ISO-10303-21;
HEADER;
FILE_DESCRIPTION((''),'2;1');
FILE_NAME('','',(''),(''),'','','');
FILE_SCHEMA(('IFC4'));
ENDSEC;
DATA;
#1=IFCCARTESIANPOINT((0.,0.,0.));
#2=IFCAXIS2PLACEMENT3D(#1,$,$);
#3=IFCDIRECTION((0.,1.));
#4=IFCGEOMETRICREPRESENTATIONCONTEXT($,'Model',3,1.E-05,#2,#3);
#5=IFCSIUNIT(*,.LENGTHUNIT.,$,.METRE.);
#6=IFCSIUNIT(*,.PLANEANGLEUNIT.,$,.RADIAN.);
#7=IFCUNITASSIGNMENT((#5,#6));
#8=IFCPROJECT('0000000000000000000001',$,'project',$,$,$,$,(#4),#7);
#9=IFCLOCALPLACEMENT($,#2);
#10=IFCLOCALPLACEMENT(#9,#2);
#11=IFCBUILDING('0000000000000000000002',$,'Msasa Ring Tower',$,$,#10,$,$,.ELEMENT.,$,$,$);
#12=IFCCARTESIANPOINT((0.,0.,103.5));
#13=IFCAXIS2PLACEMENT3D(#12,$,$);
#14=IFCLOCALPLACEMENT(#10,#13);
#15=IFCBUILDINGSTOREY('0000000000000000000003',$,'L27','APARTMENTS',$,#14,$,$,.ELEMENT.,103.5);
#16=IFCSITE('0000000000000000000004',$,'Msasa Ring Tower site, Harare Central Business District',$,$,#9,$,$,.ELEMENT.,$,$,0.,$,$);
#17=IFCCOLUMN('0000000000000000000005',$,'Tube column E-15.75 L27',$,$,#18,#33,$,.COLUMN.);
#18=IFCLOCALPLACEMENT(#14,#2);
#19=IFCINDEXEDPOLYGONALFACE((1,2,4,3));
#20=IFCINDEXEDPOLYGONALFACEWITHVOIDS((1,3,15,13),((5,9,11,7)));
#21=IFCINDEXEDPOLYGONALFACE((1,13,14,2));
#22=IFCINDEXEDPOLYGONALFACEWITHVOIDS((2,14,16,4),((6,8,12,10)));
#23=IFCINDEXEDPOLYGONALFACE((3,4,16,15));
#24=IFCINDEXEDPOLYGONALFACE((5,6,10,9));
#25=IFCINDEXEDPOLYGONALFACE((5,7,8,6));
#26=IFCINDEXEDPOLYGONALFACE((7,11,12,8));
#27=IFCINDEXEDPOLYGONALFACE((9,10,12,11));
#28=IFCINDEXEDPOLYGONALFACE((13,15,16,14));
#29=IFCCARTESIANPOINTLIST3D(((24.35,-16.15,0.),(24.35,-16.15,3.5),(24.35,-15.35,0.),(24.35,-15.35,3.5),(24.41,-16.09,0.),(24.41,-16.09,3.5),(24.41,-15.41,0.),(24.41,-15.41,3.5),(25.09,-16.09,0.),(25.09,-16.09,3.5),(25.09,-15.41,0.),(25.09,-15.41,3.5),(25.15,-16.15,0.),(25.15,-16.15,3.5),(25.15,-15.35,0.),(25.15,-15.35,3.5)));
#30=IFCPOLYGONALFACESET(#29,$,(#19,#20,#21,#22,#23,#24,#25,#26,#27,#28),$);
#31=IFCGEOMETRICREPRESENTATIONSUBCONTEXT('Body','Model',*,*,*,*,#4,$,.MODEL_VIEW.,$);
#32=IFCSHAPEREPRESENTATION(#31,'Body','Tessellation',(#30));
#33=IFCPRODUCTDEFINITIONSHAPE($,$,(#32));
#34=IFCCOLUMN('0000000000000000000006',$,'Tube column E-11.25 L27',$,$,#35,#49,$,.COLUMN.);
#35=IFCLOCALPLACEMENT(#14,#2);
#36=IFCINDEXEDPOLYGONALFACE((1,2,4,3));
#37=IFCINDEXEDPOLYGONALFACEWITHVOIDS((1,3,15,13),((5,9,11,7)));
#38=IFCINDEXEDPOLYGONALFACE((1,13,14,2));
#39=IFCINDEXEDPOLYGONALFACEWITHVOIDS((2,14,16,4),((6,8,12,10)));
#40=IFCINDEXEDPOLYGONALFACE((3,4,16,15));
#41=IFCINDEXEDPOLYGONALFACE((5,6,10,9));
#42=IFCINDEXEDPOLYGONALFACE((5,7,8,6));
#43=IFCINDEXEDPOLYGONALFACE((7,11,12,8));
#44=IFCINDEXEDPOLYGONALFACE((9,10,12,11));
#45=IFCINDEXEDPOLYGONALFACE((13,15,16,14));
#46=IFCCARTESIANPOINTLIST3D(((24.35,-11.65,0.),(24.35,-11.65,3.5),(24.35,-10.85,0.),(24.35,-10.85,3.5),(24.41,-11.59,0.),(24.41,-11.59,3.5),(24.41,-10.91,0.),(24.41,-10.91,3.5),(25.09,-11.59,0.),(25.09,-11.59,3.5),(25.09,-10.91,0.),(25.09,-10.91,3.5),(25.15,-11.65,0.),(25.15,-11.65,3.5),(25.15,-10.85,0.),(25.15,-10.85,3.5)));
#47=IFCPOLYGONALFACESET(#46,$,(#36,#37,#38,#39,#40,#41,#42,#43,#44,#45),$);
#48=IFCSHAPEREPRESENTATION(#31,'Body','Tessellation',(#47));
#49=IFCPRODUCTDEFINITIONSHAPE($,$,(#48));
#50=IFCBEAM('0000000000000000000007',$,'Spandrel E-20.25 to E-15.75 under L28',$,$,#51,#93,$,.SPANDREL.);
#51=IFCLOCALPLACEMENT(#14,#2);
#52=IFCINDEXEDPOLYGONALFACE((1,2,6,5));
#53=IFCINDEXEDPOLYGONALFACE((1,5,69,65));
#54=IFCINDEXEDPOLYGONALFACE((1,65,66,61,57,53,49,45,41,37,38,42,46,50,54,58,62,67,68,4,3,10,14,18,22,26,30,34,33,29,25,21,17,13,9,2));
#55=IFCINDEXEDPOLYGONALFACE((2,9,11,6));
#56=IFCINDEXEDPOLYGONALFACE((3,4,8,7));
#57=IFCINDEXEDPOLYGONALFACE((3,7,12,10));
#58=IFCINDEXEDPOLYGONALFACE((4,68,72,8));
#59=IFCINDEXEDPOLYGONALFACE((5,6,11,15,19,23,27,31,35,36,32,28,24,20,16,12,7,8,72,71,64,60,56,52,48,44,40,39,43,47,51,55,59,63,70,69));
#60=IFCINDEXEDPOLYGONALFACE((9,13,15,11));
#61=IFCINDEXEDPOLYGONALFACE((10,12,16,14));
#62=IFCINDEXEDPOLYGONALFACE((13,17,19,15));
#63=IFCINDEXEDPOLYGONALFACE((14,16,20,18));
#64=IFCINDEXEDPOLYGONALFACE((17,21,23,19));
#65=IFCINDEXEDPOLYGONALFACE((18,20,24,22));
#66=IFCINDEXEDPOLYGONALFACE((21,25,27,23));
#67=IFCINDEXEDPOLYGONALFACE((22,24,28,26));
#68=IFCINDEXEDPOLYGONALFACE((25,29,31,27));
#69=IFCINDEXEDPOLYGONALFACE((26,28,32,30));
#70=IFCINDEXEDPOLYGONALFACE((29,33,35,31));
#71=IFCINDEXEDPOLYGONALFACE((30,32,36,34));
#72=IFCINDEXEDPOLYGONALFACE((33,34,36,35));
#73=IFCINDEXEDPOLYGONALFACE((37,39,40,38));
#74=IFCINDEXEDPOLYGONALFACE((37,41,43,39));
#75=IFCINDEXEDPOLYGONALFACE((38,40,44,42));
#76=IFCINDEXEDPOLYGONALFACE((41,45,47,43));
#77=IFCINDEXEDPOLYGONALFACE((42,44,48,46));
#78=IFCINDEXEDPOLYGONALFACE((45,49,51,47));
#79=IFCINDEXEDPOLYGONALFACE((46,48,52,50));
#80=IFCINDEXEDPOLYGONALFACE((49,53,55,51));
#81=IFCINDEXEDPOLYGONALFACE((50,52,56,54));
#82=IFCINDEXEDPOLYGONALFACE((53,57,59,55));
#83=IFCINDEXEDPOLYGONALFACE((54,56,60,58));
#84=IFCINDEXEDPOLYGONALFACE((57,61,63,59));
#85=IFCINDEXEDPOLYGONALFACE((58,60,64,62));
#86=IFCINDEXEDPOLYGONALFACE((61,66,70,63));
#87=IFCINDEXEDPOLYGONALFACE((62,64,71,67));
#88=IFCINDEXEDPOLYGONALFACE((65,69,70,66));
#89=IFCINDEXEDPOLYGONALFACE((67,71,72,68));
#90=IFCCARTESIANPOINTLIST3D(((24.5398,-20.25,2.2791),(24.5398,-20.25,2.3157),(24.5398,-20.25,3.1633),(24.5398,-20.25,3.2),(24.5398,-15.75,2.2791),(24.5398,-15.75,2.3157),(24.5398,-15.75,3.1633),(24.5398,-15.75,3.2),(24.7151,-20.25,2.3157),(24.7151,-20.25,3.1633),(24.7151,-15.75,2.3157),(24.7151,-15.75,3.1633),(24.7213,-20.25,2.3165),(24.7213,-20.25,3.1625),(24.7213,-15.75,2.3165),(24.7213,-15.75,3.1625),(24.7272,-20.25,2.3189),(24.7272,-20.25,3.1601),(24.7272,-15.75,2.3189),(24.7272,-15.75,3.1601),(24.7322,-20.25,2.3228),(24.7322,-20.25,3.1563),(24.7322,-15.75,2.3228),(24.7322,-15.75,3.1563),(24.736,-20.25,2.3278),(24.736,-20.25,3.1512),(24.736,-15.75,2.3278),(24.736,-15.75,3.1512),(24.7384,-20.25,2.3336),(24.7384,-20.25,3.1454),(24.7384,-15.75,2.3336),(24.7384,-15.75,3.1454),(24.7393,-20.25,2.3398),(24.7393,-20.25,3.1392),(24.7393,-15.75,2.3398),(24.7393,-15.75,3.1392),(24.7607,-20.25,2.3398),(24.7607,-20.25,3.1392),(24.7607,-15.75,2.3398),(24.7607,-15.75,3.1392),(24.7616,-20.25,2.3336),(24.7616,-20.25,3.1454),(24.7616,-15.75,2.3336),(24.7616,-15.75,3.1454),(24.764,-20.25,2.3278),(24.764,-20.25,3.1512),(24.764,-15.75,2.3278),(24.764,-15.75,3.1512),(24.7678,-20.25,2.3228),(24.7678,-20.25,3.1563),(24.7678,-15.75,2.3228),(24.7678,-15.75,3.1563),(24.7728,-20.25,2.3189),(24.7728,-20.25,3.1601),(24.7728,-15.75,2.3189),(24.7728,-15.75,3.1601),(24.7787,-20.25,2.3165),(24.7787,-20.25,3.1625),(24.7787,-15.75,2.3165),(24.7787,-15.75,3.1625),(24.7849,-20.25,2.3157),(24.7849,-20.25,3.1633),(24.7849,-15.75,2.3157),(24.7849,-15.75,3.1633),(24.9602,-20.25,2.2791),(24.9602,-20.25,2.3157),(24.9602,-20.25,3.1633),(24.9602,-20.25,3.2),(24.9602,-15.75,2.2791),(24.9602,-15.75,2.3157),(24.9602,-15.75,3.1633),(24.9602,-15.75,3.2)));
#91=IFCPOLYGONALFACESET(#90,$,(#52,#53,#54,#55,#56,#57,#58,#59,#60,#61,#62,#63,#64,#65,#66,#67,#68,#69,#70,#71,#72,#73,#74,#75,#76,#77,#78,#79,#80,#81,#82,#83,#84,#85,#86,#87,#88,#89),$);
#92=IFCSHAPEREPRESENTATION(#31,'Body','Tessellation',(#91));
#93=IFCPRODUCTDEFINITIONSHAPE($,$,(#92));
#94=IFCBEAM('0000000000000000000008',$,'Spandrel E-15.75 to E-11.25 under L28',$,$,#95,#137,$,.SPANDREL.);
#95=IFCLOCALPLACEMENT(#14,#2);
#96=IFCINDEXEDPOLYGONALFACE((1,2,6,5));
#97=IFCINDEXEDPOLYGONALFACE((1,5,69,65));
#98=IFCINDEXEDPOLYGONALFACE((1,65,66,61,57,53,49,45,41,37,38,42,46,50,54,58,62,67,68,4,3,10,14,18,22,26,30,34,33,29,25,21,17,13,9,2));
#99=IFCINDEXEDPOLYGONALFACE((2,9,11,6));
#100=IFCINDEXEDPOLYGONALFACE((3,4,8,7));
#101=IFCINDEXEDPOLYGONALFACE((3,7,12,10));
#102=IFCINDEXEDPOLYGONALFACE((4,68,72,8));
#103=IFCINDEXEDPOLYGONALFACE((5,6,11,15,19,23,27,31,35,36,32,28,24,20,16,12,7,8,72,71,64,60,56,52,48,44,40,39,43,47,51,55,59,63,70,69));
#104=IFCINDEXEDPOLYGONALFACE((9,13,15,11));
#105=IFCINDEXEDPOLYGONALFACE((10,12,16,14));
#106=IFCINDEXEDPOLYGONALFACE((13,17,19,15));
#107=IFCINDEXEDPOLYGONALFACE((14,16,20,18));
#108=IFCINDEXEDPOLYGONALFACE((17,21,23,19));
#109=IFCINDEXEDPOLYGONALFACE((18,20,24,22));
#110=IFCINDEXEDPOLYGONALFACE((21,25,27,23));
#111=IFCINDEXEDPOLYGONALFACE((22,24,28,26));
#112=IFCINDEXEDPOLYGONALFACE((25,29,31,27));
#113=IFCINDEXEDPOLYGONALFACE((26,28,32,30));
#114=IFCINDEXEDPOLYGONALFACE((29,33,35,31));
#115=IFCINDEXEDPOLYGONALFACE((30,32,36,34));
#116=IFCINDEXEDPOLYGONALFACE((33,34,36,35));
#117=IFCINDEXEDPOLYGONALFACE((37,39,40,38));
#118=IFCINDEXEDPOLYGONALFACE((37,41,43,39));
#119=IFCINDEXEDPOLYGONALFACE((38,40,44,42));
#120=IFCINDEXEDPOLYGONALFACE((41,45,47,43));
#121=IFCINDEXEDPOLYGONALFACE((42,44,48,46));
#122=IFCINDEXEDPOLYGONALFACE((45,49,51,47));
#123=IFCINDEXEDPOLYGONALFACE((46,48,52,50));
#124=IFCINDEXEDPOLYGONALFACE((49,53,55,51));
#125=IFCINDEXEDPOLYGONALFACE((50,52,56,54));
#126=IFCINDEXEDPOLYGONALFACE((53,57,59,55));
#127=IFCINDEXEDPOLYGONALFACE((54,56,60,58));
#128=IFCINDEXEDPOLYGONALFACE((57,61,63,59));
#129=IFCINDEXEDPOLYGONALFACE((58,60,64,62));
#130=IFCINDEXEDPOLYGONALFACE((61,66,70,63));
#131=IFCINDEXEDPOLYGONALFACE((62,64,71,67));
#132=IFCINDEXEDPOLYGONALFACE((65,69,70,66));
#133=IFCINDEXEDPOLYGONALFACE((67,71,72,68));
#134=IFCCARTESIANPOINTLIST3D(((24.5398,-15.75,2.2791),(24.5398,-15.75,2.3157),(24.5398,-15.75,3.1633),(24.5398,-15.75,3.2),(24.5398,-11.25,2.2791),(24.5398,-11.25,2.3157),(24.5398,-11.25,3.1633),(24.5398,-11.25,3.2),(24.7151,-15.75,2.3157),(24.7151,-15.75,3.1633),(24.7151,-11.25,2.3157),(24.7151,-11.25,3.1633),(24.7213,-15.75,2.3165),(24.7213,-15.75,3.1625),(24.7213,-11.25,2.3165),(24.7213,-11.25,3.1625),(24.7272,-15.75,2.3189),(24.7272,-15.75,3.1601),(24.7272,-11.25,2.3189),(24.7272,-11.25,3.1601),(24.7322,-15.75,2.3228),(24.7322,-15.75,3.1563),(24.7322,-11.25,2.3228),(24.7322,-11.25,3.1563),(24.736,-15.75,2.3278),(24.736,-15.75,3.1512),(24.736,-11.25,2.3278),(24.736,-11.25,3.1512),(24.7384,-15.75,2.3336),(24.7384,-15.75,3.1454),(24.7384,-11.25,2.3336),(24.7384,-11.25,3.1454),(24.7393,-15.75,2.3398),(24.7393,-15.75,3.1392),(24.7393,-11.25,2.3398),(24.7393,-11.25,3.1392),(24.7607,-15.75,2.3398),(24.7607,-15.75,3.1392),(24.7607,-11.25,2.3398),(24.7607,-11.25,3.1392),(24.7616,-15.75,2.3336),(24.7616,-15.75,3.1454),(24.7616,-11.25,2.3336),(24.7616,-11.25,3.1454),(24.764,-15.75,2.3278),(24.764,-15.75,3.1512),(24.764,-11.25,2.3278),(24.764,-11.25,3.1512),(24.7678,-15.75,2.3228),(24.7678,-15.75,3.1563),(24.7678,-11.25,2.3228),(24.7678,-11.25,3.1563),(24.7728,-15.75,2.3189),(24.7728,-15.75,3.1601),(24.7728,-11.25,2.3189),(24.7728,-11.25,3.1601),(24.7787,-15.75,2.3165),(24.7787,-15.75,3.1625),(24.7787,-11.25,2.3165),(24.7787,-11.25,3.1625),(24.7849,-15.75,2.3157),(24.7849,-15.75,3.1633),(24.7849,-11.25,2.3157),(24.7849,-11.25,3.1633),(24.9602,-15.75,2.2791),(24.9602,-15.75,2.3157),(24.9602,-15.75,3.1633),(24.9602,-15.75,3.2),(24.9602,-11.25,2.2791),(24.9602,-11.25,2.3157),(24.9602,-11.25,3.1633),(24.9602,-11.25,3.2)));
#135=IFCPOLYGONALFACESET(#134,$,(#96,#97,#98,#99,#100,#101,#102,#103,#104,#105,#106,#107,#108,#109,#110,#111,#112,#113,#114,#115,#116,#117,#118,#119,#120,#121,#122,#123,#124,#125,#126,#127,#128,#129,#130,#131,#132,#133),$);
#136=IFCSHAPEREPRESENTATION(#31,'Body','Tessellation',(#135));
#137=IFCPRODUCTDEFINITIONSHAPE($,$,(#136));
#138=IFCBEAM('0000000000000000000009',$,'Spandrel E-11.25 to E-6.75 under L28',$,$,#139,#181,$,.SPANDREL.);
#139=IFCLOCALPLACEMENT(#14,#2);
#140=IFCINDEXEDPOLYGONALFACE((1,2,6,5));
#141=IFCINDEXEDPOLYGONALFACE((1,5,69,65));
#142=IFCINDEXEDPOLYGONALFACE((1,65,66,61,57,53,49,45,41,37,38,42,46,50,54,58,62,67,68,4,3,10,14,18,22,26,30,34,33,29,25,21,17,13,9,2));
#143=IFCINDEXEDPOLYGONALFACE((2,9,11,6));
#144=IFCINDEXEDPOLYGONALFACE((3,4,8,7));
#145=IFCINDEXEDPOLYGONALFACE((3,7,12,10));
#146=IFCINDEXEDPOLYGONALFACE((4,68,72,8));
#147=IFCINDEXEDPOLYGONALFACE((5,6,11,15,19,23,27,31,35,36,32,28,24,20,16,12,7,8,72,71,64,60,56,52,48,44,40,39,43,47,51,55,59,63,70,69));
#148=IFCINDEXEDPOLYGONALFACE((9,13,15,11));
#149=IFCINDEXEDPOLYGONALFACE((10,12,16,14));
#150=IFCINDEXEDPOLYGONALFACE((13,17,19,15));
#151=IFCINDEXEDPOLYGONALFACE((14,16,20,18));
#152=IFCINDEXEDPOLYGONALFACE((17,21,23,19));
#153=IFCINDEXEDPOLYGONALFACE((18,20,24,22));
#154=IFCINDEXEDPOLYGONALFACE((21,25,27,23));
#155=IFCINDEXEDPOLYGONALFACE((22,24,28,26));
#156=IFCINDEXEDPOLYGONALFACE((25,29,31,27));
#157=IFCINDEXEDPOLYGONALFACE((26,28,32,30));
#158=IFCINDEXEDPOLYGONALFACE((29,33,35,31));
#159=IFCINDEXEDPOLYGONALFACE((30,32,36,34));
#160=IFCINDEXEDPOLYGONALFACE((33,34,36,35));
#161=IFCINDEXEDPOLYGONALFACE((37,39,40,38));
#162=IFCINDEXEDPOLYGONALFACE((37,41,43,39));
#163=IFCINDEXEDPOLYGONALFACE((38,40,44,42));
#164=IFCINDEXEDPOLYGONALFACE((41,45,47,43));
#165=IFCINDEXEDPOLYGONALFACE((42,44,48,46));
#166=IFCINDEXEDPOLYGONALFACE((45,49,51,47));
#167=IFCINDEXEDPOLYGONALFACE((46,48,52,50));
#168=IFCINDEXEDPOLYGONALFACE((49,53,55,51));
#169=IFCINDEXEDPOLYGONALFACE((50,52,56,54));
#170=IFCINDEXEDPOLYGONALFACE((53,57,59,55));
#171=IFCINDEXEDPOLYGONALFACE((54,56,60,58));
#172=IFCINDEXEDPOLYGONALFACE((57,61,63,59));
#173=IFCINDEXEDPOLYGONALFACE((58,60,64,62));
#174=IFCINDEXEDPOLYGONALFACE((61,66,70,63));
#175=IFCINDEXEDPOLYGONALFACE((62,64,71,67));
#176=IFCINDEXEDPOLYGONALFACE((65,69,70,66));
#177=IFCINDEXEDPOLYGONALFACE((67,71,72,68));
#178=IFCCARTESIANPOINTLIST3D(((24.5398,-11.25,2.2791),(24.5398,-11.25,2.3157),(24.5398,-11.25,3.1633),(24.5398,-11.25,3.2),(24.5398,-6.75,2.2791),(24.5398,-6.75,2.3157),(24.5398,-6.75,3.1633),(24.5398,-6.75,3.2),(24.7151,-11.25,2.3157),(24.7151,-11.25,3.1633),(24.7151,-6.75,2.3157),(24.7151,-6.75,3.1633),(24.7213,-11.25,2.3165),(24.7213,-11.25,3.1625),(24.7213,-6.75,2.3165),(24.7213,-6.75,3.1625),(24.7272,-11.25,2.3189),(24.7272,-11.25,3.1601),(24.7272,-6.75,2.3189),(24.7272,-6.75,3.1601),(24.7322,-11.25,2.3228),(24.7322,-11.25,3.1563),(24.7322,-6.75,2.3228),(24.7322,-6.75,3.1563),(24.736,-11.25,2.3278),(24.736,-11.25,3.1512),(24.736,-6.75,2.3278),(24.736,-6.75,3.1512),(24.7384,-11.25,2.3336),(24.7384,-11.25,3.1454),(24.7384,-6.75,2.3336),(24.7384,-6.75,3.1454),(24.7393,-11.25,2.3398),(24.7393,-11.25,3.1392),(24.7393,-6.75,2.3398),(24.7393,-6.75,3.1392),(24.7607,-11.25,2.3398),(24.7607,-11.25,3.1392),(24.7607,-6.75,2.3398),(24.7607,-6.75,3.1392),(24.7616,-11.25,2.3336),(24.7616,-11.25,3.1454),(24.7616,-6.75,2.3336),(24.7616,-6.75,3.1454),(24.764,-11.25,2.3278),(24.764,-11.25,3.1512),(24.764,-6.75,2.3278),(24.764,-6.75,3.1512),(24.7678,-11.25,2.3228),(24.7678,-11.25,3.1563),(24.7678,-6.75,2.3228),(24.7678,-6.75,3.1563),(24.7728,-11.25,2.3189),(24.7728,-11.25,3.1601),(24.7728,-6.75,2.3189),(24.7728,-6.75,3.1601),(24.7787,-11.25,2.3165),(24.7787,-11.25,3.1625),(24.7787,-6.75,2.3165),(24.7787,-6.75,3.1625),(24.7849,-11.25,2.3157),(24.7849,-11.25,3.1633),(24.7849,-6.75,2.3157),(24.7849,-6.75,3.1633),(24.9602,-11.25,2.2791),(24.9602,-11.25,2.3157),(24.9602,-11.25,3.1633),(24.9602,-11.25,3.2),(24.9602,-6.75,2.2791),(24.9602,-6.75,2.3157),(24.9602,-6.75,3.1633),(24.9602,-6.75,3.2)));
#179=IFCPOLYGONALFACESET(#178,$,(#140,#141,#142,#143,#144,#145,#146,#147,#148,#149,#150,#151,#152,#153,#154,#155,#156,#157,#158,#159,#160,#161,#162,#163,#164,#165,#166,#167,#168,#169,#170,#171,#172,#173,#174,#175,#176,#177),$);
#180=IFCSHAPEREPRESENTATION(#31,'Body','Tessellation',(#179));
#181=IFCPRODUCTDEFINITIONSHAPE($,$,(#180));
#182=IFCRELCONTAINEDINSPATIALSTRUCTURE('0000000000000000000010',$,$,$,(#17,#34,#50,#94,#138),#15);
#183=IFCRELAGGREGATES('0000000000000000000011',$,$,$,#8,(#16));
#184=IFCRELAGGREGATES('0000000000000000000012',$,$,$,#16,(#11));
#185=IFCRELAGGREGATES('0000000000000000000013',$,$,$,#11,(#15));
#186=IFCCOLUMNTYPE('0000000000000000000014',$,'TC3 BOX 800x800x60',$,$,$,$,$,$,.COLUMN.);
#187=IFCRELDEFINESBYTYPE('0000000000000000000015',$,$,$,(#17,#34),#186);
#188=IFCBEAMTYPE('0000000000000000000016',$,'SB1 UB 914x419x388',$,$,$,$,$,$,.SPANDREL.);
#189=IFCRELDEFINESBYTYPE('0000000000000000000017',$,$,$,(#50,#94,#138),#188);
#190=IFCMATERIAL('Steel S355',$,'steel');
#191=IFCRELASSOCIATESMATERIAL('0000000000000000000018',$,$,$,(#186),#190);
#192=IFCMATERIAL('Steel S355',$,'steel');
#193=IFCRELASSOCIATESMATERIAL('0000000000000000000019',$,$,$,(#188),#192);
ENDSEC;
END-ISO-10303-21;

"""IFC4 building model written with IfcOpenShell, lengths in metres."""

from ifc_helpers import new_model, si_unit, direction, frame, origin, origin_2d, place, context, subcontext, project, spatial, hollow_rectangle, i_section, extrude, material, material_profile, profile_set, type_object, element, save


model = new_model("IFC4")

# Units and contexts
model_context = context("Model", 3, precision=1e-05, world=origin(), true_north=direction((0.0, 1.0)))
body_context = subcontext(model_context, "Body", "Model", "MODEL_VIEW")
ifc_project = project(units=[si_unit("LENGTHUNIT", "METRE"), si_unit("PLANEANGLEUNIT", "RADIAN")], contexts=[model_context])

# Site, building, storey
site_placement = place(None, origin())
site = spatial("IfcSite", under=ifc_project, at=site_placement, Name="Msasa Ring Tower site, Harare Central Business District", CompositionType="ELEMENT", RefElevation=0.0)
building_placement = place(site_placement, origin())
building = spatial("IfcBuilding", under=site, at=building_placement, Name="Msasa Ring Tower", CompositionType="ELEMENT")
storey_placement = place(building_placement, frame((0.0, 0.0, 103.5)))
storey = spatial("IfcBuildingStorey", under=building, at=storey_placement, Name="L27", Description="APARTMENTS", CompositionType="ELEMENT", Elevation=103.5)

# Columns
ifc_material_1 = material(Name="Steel S355", Category="steel")
ifc_material_profile_1 = material_profile(ifc_material_1, hollow_rectangle(XDim=0.8, YDim=0.8, WallThickness=0.0601, at=origin_2d()), Name="BOX 800x800x60")
ifc_profile_set_1 = profile_set([ifc_material_profile_1], Name="Steel S355")
column_type = type_object("IfcColumnType", Name="TC3 BOX 800x800x60", PredefinedType="COLUMN", material=ifc_profile_set_1)
for number, where, z_axis, x_axis, name in (
    (1, (24.75, -15.75, 0.0), (0.0, 0.0, 1.0), (1.0, 0.0, 0.0), "Tube column E-15.75 L27"),
    (2, (24.75, -11.25, 0.0), (0.0, 0.0, 1.0), (1.0, 0.0, 0.0), "Tube column E-11.25 L27"),
):
    element("IfcColumn", number, at=place(storey_placement, frame(where, z_axis=z_axis, x_axis=x_axis)), inside=storey, type_object=column_type, Name=name, PredefinedType="COLUMN", context=body_context, shape_type="SweptSolid", body=[
        extrude(hollow_rectangle(XDim=0.8, YDim=0.8, WallThickness=0.0601, at=origin_2d()), origin(), (0.0, 0.0, 1.0), 3.5),
    ])

# Beams
ifc_material_2 = material(Name="Steel S355", Category="steel")
ifc_material_profile_2 = material_profile(ifc_material_2, i_section(OverallWidth=0.4204, OverallDepth=0.9209, WebThickness=0.0215, FlangeThickness=0.0366, FilletRadius=0.0242, at=origin_2d()), Name="UB 914x419x388")
ifc_profile_set_2 = profile_set([ifc_material_profile_2], Name="Steel S355")
beam_type = type_object("IfcBeamType", Name="SB1 UB 914x419x388", PredefinedType="SPANDREL", material=ifc_profile_set_2)
for number, where, z_axis, x_axis, name in (
    (3, (24.75, -20.25, 2.7395), (0.0, 1.0, 0.0), (-1.0, 0.0, 0.0), "Spandrel E-20.25 to E-15.75 under L28"),
    (4, (24.75, -15.75, 2.7395), (0.0, 1.0, 0.0), (-1.0, 0.0, 0.0), "Spandrel E-15.75 to E-11.25 under L28"),
    (5, (24.75, -11.25, 2.7395), (0.0, 1.0, 0.0), (-1.0, 0.0, 0.0), "Spandrel E-11.25 to E-6.75 under L28"),
):
    element("IfcBeam", number, at=place(storey_placement, frame(where, z_axis=z_axis, x_axis=x_axis)), inside=storey, type_object=beam_type, Name=name, PredefinedType="SPANDREL", context=body_context, shape_type="SweptSolid", body=[
        extrude(i_section(OverallWidth=0.4204, OverallDepth=0.9209, WebThickness=0.0215, FlangeThickness=0.0366, FilletRadius=0.0242, at=origin_2d()), origin(), (0.0, 0.0, 1.0), 4.5),
    ])

save(model, "model.ifc")
